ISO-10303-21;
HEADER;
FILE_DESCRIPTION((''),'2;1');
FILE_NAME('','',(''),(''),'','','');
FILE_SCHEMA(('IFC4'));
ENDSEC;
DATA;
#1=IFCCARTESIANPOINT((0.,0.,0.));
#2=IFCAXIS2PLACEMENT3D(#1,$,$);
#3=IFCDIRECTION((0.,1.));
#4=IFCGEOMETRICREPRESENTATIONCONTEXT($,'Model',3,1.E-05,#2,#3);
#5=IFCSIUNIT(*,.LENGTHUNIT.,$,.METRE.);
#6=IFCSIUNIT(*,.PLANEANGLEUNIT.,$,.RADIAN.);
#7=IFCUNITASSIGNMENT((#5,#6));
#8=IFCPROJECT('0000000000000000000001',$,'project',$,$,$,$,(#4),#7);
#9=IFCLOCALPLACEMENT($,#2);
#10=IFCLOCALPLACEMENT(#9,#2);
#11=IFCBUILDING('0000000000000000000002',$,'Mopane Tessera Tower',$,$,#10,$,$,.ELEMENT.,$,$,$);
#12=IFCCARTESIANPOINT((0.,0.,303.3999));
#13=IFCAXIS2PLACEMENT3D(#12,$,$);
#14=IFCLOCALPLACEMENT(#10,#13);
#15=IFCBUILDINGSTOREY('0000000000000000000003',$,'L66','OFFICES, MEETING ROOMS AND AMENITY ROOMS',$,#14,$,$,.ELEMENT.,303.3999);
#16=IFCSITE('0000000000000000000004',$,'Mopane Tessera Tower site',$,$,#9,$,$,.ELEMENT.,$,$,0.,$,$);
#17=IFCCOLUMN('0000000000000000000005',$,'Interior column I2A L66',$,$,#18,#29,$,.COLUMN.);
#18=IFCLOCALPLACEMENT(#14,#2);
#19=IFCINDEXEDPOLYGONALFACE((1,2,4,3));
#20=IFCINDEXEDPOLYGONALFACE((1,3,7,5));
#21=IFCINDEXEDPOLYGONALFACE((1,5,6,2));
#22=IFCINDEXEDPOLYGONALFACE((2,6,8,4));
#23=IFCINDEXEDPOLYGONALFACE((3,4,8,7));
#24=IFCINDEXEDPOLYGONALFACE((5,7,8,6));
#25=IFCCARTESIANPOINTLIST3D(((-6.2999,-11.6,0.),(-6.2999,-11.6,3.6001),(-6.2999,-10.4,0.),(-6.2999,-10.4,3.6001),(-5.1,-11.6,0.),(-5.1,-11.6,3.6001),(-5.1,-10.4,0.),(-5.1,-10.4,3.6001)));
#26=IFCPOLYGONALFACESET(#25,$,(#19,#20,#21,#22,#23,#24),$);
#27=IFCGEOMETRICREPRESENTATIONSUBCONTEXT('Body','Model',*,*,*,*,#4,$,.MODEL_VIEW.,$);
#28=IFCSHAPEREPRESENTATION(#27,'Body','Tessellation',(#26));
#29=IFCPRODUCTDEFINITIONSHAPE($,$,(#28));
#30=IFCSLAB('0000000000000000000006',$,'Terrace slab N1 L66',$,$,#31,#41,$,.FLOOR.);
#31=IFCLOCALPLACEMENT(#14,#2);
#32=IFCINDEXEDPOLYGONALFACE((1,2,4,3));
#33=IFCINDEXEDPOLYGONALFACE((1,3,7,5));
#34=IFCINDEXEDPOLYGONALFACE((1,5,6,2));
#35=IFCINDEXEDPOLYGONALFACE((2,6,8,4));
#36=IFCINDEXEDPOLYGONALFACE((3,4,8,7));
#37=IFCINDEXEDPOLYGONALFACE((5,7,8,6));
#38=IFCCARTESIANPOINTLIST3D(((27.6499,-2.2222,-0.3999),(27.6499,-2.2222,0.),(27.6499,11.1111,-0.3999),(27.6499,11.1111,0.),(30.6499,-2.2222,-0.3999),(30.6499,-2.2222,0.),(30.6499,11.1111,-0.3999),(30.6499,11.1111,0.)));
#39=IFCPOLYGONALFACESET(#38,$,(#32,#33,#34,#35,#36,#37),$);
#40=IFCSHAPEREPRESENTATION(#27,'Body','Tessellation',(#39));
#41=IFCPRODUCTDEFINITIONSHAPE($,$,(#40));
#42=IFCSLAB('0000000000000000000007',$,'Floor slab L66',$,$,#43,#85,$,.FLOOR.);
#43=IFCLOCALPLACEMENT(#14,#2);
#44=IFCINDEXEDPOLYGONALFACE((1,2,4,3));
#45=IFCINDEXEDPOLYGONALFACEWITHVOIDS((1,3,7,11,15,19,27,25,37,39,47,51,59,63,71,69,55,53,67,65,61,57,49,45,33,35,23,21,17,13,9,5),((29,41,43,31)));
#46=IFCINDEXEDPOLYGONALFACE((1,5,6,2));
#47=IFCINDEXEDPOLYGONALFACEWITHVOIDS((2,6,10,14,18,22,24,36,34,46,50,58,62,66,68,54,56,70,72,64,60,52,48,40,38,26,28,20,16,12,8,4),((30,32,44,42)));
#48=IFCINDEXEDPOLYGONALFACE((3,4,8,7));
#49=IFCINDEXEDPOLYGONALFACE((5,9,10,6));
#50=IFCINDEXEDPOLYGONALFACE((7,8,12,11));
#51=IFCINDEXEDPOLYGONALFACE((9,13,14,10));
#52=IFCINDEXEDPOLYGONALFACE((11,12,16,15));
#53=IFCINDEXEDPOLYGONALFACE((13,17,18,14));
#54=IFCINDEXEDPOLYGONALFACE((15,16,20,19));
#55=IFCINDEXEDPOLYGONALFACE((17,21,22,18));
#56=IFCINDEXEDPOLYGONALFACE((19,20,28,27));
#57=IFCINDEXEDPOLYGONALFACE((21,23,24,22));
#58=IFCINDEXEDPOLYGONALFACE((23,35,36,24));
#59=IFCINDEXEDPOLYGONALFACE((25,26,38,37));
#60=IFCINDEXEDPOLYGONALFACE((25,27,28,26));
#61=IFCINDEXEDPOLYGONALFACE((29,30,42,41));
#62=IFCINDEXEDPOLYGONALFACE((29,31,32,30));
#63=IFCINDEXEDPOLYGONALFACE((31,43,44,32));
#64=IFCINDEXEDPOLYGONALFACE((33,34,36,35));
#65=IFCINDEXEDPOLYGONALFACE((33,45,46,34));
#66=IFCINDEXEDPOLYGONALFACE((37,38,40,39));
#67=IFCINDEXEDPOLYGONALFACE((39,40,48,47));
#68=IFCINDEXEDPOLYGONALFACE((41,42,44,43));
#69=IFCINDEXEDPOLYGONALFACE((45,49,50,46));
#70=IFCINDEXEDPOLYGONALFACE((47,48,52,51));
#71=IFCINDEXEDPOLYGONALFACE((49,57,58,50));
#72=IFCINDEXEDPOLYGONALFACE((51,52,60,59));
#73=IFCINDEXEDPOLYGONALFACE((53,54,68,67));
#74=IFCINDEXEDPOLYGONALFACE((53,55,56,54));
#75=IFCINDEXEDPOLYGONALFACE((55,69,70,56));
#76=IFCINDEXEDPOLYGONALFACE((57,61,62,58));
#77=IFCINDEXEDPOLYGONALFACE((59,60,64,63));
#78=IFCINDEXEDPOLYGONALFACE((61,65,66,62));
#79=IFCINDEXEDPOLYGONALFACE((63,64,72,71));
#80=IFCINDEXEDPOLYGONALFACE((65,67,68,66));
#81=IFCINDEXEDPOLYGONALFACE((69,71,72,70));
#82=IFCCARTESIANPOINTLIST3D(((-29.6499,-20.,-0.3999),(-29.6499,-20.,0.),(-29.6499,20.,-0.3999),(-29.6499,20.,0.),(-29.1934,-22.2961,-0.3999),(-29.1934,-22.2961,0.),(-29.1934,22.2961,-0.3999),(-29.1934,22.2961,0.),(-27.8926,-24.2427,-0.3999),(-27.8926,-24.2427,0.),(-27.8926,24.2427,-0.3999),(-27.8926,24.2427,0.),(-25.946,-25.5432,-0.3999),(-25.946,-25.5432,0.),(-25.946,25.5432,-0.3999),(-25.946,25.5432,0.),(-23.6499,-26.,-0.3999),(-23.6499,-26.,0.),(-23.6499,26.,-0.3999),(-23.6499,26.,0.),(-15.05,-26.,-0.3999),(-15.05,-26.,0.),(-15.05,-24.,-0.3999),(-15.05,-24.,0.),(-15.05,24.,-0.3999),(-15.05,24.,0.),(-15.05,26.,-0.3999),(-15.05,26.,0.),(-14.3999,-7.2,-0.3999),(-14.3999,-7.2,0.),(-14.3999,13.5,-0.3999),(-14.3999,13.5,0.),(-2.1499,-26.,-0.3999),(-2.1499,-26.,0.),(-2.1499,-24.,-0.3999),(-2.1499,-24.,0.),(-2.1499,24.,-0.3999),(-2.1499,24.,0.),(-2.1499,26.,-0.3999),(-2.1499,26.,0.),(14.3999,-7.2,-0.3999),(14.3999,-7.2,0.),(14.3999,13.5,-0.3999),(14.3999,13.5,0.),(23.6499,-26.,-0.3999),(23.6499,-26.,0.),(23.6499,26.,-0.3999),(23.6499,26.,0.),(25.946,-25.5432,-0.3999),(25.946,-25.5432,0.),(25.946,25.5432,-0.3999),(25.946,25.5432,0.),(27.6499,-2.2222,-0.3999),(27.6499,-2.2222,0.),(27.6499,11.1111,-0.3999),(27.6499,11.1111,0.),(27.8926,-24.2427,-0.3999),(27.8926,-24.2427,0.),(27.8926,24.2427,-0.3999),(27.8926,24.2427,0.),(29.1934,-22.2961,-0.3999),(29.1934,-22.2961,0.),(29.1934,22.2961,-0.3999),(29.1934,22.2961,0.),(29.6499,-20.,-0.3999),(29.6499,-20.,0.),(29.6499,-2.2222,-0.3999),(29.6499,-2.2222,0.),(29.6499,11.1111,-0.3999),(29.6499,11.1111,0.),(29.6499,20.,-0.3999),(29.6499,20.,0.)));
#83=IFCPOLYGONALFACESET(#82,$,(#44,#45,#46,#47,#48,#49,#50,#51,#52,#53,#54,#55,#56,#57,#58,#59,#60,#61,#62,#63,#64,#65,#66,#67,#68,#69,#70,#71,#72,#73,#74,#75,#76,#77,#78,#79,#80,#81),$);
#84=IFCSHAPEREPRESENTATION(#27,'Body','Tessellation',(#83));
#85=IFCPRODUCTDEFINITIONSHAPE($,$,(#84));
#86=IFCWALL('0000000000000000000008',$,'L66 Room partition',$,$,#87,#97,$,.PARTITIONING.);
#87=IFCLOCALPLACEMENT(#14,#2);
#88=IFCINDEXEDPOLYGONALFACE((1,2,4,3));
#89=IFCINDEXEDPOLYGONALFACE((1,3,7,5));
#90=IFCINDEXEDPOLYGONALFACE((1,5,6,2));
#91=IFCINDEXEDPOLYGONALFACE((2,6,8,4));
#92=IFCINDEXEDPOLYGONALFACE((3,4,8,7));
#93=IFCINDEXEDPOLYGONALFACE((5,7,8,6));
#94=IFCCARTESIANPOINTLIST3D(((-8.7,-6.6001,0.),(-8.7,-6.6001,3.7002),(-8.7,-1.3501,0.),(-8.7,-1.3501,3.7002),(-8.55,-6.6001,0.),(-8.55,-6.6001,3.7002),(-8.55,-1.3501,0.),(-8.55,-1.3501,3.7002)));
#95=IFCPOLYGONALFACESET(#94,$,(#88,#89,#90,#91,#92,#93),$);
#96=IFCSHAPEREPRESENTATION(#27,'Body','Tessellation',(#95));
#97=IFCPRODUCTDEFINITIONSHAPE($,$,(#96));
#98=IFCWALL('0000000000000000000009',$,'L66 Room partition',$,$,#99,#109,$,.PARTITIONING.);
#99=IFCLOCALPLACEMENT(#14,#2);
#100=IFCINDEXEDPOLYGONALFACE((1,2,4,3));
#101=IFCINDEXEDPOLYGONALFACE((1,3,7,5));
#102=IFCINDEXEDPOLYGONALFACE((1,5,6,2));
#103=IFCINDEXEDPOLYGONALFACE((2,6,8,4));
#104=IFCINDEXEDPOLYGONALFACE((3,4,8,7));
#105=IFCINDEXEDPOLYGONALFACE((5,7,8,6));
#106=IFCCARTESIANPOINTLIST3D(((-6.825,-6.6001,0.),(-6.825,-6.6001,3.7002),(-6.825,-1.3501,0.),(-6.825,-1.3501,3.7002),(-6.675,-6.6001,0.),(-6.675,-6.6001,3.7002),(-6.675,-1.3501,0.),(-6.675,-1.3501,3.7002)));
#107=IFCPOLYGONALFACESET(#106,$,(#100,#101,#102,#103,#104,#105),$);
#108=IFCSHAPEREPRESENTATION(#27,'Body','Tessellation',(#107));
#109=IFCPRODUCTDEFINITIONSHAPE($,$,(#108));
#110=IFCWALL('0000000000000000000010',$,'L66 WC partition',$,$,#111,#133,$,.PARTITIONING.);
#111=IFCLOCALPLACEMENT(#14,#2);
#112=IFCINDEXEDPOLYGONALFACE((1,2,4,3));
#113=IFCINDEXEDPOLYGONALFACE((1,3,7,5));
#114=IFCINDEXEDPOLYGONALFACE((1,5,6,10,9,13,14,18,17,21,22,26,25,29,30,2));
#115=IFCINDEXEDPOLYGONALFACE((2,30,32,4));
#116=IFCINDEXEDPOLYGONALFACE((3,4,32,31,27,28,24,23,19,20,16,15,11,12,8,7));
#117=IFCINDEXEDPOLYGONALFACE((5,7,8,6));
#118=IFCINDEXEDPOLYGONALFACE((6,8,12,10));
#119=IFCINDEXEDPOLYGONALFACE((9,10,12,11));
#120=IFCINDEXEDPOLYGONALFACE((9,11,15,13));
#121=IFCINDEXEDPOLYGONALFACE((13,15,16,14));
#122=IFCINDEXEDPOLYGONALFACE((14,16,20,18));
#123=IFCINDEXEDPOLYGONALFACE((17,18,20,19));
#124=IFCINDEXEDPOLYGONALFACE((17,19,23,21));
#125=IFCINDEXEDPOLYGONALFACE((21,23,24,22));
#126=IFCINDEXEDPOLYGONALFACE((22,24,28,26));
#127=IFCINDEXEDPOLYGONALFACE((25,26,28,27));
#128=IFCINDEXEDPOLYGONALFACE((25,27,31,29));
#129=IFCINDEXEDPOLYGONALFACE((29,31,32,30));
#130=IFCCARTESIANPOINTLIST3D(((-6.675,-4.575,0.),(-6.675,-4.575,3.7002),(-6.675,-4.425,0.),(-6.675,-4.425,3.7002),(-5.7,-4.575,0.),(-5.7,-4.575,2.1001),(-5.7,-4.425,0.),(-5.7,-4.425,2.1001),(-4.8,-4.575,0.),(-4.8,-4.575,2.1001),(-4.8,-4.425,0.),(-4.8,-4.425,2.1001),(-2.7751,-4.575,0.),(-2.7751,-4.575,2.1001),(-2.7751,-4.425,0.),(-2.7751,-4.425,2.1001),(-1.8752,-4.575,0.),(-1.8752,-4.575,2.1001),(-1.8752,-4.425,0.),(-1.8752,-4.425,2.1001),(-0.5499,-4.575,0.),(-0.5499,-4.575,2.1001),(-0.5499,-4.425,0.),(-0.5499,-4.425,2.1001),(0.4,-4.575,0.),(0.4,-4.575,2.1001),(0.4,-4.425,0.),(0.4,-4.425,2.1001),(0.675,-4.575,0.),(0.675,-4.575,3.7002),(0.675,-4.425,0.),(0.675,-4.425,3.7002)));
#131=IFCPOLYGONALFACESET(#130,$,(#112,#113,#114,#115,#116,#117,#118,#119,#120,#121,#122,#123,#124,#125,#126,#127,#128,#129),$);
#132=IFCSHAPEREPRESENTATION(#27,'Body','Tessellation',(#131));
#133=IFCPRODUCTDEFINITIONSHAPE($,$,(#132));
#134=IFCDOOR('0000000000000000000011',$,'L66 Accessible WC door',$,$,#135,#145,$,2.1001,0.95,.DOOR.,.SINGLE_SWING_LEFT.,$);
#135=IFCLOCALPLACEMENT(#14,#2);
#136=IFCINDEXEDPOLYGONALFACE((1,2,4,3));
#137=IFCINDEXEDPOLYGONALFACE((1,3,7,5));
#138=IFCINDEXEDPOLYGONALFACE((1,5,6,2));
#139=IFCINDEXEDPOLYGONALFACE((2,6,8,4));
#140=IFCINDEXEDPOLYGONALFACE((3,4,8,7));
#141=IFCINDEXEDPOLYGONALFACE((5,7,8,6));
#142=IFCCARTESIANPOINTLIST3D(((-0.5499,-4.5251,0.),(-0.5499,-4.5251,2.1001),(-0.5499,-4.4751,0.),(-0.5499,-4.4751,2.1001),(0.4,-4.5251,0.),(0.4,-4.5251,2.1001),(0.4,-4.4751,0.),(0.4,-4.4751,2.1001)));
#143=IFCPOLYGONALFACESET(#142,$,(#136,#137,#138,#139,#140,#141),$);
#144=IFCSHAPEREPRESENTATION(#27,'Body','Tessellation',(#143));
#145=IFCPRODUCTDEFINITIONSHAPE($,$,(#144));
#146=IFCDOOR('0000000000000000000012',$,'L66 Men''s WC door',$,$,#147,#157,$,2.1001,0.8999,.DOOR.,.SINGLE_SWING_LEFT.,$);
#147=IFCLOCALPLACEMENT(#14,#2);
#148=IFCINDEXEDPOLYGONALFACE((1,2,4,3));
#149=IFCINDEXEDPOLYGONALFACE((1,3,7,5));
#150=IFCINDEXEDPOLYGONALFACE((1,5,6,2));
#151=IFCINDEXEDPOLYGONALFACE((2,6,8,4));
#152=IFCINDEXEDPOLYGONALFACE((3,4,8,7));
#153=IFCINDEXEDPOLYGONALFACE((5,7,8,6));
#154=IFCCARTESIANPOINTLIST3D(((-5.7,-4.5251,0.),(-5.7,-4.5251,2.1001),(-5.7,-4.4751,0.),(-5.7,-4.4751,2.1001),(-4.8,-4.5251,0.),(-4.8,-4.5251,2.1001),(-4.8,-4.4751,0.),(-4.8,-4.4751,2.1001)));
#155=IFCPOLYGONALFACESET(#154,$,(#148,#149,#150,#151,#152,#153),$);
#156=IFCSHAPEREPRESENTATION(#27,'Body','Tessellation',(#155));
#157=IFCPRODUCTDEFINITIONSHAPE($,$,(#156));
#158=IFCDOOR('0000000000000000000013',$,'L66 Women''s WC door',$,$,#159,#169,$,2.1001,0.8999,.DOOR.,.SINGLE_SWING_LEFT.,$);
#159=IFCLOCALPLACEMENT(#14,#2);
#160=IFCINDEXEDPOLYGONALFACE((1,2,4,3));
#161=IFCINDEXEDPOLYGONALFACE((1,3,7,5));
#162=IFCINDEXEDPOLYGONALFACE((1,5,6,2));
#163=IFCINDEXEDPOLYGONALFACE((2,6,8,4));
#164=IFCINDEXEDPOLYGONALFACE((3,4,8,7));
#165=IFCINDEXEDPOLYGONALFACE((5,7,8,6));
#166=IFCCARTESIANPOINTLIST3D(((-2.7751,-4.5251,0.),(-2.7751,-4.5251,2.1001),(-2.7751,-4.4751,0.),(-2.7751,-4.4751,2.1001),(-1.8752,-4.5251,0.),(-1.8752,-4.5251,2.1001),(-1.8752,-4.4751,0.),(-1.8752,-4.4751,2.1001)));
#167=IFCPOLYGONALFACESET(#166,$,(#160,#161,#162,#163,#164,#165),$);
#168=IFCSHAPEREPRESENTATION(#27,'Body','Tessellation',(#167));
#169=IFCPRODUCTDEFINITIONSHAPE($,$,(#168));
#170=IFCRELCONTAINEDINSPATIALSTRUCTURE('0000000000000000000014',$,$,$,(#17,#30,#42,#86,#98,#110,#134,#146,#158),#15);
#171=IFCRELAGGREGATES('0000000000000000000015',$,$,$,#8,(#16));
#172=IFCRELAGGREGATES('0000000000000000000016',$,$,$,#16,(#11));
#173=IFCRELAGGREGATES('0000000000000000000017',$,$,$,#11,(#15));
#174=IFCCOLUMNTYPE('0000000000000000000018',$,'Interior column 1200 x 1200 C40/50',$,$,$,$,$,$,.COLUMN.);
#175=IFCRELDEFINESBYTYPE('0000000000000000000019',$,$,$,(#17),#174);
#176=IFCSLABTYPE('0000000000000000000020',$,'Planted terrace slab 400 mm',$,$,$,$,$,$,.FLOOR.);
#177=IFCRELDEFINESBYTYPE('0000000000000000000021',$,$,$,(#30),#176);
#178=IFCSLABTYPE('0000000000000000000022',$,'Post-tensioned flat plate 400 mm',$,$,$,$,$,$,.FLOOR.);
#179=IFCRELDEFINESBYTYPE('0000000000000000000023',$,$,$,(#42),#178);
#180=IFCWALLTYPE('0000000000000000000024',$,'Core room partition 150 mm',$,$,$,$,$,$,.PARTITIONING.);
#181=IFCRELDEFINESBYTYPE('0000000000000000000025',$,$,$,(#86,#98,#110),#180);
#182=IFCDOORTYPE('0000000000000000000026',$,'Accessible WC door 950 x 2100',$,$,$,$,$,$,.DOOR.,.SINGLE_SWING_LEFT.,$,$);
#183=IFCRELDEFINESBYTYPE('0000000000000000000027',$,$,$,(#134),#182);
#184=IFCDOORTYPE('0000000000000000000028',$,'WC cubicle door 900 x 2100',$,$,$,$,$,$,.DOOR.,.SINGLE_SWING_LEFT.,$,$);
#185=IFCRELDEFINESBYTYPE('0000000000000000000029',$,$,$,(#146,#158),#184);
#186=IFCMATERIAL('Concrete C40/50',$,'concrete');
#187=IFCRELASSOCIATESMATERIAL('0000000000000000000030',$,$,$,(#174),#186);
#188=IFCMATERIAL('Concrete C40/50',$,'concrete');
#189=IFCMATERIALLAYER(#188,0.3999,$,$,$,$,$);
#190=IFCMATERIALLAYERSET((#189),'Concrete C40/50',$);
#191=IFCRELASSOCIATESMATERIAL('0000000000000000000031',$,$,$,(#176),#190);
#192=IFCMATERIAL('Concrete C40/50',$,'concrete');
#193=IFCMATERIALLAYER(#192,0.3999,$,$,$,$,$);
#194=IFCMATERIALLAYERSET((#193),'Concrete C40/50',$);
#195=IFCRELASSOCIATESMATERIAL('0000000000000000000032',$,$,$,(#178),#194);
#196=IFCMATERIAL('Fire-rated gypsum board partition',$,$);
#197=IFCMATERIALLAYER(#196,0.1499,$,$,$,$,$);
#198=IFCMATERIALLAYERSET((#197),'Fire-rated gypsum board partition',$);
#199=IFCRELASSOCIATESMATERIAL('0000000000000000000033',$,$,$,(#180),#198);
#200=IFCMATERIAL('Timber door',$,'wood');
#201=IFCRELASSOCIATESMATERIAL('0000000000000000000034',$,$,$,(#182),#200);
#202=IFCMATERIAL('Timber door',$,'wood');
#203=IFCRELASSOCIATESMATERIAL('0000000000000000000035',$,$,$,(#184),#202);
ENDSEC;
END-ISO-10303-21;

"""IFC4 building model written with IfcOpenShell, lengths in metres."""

from ifc_helpers import new_model, si_unit, direction, frame, frame_2d, origin, origin_2d, place, context, subcontext, project, spatial, polyline, rectangle, outline, extrude, material, layer, layer_set, material_profile, profile_set, type_object, element, fill, save


model = new_model("IFC4")

# Units and contexts
model_context = context("Model", 3, precision=1e-05, world=origin(), true_north=direction((0.0, 1.0)))
body_context = subcontext(model_context, "Body", "Model", "MODEL_VIEW")
ifc_project = project(units=[si_unit("LENGTHUNIT", "METRE"), si_unit("PLANEANGLEUNIT", "RADIAN")], contexts=[model_context])

# Site, building, storey
site_placement = place(None, origin())
site = spatial("IfcSite", under=ifc_project, at=site_placement, Name="Mopane Tessera Tower site", CompositionType="ELEMENT", RefElevation=0.0)
building_placement = place(site_placement, origin())
building = spatial("IfcBuilding", under=site, at=building_placement, Name="Mopane Tessera Tower", CompositionType="ELEMENT")
storey_placement = place(building_placement, frame((0.0, 0.0, 303.3999)))
storey = spatial("IfcBuildingStorey", under=building, at=storey_placement, Name="L66", Description="OFFICES, MEETING ROOMS AND AMENITY ROOMS", CompositionType="ELEMENT", Elevation=303.3999)

# Column
ifc_material_1 = material(Name="Concrete C40/50", Category="concrete")
ifc_material_profile = material_profile(ifc_material_1, rectangle(XDim=1.2, YDim=1.2, at=origin_2d()))
ifc_profile_set = profile_set([ifc_material_profile], Name="Concrete C40/50")
column_type = type_object("IfcColumnType", Name="Interior column 1200 x 1200 C40/50", PredefinedType="COLUMN", material=ifc_profile_set)
column_placement = place(storey_placement, frame((-5.7, -11.0, 0.0), z_axis=(0.0, 0.0, 1.0), x_axis=(1.0, 0.0, 0.0)))
element("IfcColumn", 1, at=column_placement, inside=storey, type_object=column_type, Name="Interior column I2A L66", PredefinedType="COLUMN", context=body_context, shape_type="SweptSolid", body=[
    extrude(rectangle(XDim=1.2, YDim=1.2, at=origin_2d()), origin(), (0.0, 0.0, 1.0), 3.6001),
])

# Slabs
ifc_material_2 = material(Name="Concrete C40/50", Category="concrete")
ifc_layer_1 = layer(ifc_material_2, 0.3999)
ifc_layer_set_1 = layer_set([ifc_layer_1], Name="Concrete C40/50")
slab_type_1 = type_object("IfcSlabType", Name="Planted terrace slab 400 mm", PredefinedType="FLOOR", material=ifc_layer_set_1)
slab_1_placement = place(storey_placement, frame((0.0, 0.0, -0.3999)))
element("IfcSlab", 2, at=slab_1_placement, inside=storey, type_object=slab_type_1, Name="Terrace slab N1 L66", PredefinedType="FLOOR", context=body_context, shape_type="SweptSolid", body=[
    extrude(outline(polyline([(30.6499, 11.1111), (27.6499, 11.1111), (27.6499, -2.2222), (30.6499, -2.2222), (30.6499, 11.1111)])), origin(), (0.0, 0.0, 1.0), 0.3999),
])
ifc_material_3 = material(Name="Concrete C40/50", Category="concrete")
ifc_layer_2 = layer(ifc_material_3, 0.3999)
ifc_layer_set_2 = layer_set([ifc_layer_2], Name="Concrete C40/50")
slab_type_2 = type_object("IfcSlabType", Name="Post-tensioned flat plate 400 mm", PredefinedType="FLOOR", material=ifc_layer_set_2)
slab_2_placement = place(storey_placement, frame((0.0, 0.0, -0.3999)))
element("IfcSlab", 3, at=slab_2_placement, inside=storey, type_object=slab_type_2, Name="Floor slab L66", PredefinedType="FLOOR", context=body_context, shape_type="SweptSolid", body=[
    extrude(outline(polyline([(-23.6499, -26.0), (-15.05, -26.0), (-15.05, -24.0), (-2.1499, -24.0), (-2.1499, -26.0), (23.6499, -26.0), (25.946, -25.5432), (27.8926, -24.2427), (29.1934, -22.2961), (29.6499, -20.0), (29.6499, -2.2222), (27.6499, -2.2222), (27.6499, 11.1111), (29.6499, 11.1111), (29.6499, 20.0), (29.1934, 22.2961), (27.8926, 24.2427), (25.946, 25.5432), (23.6499, 26.0), (-2.1499, 26.0), (-2.1499, 24.0), (-15.05, 24.0), (-15.05, 26.0), (-23.6499, 26.0), (-25.946, 25.5432), (-27.8926, 24.2427), (-29.1934, 22.2961), (-29.6499, 20.0), (-29.6499, -20.0), (-29.1934, -22.2961), (-27.8926, -24.2427), (-25.946, -25.5432), (-23.6499, -26.0)]), holes=[polyline([(14.3999, -7.2), (-14.3999, -7.2), (-14.3999, 13.5), (14.3999, 13.5), (14.3999, -7.2)])]), origin(), (0.0, 0.0, 1.0), 0.3999),
])

# Walls
ifc_material_4 = material(Name="Fire-rated gypsum board partition")
ifc_layer_3 = layer(ifc_material_4, 0.1499)
ifc_layer_set_3 = layer_set([ifc_layer_3], Name="Fire-rated gypsum board partition")
wall_type_1 = type_object("IfcWallType", Name="Core room partition 150 mm", PredefinedType="PARTITIONING", material=ifc_layer_set_3)
for number, where, z_axis, x_axis, name in (
    (4, (-8.625, -6.6001, 0.0), (0.0, 0.0, 1.0), (0.0, 1.0, 0.0), "L66 Room partition"),
    (5, (-6.75, -6.6001, 0.0), (0.0, 0.0, 1.0), (0.0, 1.0, 0.0), "L66 Room partition"),
):
    element("IfcWall", number, at=place(storey_placement, frame(where, z_axis=z_axis, x_axis=x_axis)), inside=storey, type_object=wall_type_1, Name=name, PredefinedType="PARTITIONING", context=body_context, shape_type="SweptSolid", body=[
        extrude(rectangle(XDim=5.25, YDim=0.1499, at=frame_2d((2.625, 0.0))), origin(), (0.0, 0.0, 1.0), 3.7002),
    ])

# Wall, openings, doors
wall_1_placement = place(storey_placement, frame((-6.675, -4.5, 0.0), z_axis=(0.0, 0.0, 1.0), x_axis=(1.0, 0.0, 0.0)))
wall_1 = element("IfcWall", 6, at=wall_1_placement, inside=storey, type_object=wall_type_1, Name="L66 WC partition", PredefinedType="PARTITIONING", context=body_context, shape_type="SweptSolid", body=[
    extrude(rectangle(XDim=7.3501, YDim=0.1499, at=frame_2d((3.675, 0.0))), origin(), (0.0, 0.0, 1.0), 3.7002),
])
opening_1_placement = place(wall_1_placement, frame((0.9751, 0.0, 0.0)))
opening_1 = element("IfcOpeningElement", 7, at=opening_1_placement, cuts=wall_1, PredefinedType="OPENING", context=body_context, shape_type="SweptSolid", body=[
    extrude(rectangle(XDim=0.8999, YDim=2.1001, at=frame_2d((0.45, 1.05))), frame((0.0, 0.0869, 0.0), z_axis=(0.0, -1.0, 0.0), x_axis=(1.0, 0.0, 0.0)), (0.0, 0.0, 1.0), 0.1738),
])
opening_2_placement = place(wall_1_placement, frame((3.8999, 0.0, 0.0)))
opening_2 = element("IfcOpeningElement", 8, at=opening_2_placement, cuts=wall_1, PredefinedType="OPENING", context=body_context, shape_type="SweptSolid", body=[
    extrude(rectangle(XDim=0.8999, YDim=2.1001, at=frame_2d((0.45, 1.05))), frame((0.0, 0.0869, 0.0), z_axis=(0.0, -1.0, 0.0), x_axis=(1.0, 0.0, 0.0)), (0.0, 0.0, 1.0), 0.1738),
])
opening_3_placement = place(wall_1_placement, frame((6.125, 0.0, 0.0)))
opening_3 = element("IfcOpeningElement", 9, at=opening_3_placement, cuts=wall_1, PredefinedType="OPENING", context=body_context, shape_type="SweptSolid", body=[
    extrude(rectangle(XDim=0.95, YDim=2.1001, at=frame_2d((0.4751, 1.05))), frame((0.0, 0.0869, 0.0), z_axis=(0.0, -1.0, 0.0), x_axis=(1.0, 0.0, 0.0)), (0.0, 0.0, 1.0), 0.1738),
])
ifc_material_5 = material(Name="Timber door", Category="wood")
door_type_1 = type_object("IfcDoorType", Name="Accessible WC door 950 x 2100", OperationType="SINGLE_SWING_LEFT", PredefinedType="DOOR", material=ifc_material_5)
door_1_placement = place(opening_3_placement, origin())
door_1 = element("IfcDoor", 10, at=door_1_placement, inside=storey, type_object=door_type_1, Name="L66 Accessible WC door", OperationType="SINGLE_SWING_LEFT", OverallHeight=2.1001, OverallWidth=0.95, PredefinedType="DOOR", context=body_context, shape_type="SweptSolid", body=[
    extrude(rectangle(XDim=0.95, YDim=2.1001, at=frame_2d((0.4751, 1.05))), frame((0.0, 0.0249, 0.0), z_axis=(0.0, -1.0, 0.0), x_axis=(1.0, 0.0, 0.0)), (0.0, 0.0, 1.0), 0.05),
])
fill(opening_3, door_1)
ifc_material_6 = material(Name="Timber door", Category="wood")
door_type_2 = type_object("IfcDoorType", Name="WC cubicle door 900 x 2100", OperationType="SINGLE_SWING_LEFT", PredefinedType="DOOR", material=ifc_material_6)
door_2_placement = place(opening_1_placement, origin())
door_2 = element("IfcDoor", 11, at=door_2_placement, inside=storey, type_object=door_type_2, Name="L66 Men's WC door", OperationType="SINGLE_SWING_LEFT", OverallHeight=2.1001, OverallWidth=0.8999, PredefinedType="DOOR", context=body_context, shape_type="SweptSolid", body=[
    extrude(rectangle(XDim=0.8999, YDim=2.1001, at=frame_2d((0.45, 1.05))), frame((0.0, 0.0249, 0.0), z_axis=(0.0, -1.0, 0.0), x_axis=(1.0, 0.0, 0.0)), (0.0, 0.0, 1.0), 0.05),
])
fill(opening_1, door_2)
door_3_placement = place(opening_2_placement, origin())
door_3 = element("IfcDoor", 12, at=door_3_placement, inside=storey, type_object=door_type_2, Name="L66 Women's WC door", OperationType="SINGLE_SWING_LEFT", OverallHeight=2.1001, OverallWidth=0.8999, PredefinedType="DOOR", context=body_context, shape_type="SweptSolid", body=[
    extrude(rectangle(XDim=0.8999, YDim=2.1001, at=frame_2d((0.45, 1.05))), frame((0.0, 0.0249, 0.0), z_axis=(0.0, -1.0, 0.0), x_axis=(1.0, 0.0, 0.0)), (0.0, 0.0, 1.0), 0.05),
])
fill(opening_2, door_3)

save(model, "model.ifc")
